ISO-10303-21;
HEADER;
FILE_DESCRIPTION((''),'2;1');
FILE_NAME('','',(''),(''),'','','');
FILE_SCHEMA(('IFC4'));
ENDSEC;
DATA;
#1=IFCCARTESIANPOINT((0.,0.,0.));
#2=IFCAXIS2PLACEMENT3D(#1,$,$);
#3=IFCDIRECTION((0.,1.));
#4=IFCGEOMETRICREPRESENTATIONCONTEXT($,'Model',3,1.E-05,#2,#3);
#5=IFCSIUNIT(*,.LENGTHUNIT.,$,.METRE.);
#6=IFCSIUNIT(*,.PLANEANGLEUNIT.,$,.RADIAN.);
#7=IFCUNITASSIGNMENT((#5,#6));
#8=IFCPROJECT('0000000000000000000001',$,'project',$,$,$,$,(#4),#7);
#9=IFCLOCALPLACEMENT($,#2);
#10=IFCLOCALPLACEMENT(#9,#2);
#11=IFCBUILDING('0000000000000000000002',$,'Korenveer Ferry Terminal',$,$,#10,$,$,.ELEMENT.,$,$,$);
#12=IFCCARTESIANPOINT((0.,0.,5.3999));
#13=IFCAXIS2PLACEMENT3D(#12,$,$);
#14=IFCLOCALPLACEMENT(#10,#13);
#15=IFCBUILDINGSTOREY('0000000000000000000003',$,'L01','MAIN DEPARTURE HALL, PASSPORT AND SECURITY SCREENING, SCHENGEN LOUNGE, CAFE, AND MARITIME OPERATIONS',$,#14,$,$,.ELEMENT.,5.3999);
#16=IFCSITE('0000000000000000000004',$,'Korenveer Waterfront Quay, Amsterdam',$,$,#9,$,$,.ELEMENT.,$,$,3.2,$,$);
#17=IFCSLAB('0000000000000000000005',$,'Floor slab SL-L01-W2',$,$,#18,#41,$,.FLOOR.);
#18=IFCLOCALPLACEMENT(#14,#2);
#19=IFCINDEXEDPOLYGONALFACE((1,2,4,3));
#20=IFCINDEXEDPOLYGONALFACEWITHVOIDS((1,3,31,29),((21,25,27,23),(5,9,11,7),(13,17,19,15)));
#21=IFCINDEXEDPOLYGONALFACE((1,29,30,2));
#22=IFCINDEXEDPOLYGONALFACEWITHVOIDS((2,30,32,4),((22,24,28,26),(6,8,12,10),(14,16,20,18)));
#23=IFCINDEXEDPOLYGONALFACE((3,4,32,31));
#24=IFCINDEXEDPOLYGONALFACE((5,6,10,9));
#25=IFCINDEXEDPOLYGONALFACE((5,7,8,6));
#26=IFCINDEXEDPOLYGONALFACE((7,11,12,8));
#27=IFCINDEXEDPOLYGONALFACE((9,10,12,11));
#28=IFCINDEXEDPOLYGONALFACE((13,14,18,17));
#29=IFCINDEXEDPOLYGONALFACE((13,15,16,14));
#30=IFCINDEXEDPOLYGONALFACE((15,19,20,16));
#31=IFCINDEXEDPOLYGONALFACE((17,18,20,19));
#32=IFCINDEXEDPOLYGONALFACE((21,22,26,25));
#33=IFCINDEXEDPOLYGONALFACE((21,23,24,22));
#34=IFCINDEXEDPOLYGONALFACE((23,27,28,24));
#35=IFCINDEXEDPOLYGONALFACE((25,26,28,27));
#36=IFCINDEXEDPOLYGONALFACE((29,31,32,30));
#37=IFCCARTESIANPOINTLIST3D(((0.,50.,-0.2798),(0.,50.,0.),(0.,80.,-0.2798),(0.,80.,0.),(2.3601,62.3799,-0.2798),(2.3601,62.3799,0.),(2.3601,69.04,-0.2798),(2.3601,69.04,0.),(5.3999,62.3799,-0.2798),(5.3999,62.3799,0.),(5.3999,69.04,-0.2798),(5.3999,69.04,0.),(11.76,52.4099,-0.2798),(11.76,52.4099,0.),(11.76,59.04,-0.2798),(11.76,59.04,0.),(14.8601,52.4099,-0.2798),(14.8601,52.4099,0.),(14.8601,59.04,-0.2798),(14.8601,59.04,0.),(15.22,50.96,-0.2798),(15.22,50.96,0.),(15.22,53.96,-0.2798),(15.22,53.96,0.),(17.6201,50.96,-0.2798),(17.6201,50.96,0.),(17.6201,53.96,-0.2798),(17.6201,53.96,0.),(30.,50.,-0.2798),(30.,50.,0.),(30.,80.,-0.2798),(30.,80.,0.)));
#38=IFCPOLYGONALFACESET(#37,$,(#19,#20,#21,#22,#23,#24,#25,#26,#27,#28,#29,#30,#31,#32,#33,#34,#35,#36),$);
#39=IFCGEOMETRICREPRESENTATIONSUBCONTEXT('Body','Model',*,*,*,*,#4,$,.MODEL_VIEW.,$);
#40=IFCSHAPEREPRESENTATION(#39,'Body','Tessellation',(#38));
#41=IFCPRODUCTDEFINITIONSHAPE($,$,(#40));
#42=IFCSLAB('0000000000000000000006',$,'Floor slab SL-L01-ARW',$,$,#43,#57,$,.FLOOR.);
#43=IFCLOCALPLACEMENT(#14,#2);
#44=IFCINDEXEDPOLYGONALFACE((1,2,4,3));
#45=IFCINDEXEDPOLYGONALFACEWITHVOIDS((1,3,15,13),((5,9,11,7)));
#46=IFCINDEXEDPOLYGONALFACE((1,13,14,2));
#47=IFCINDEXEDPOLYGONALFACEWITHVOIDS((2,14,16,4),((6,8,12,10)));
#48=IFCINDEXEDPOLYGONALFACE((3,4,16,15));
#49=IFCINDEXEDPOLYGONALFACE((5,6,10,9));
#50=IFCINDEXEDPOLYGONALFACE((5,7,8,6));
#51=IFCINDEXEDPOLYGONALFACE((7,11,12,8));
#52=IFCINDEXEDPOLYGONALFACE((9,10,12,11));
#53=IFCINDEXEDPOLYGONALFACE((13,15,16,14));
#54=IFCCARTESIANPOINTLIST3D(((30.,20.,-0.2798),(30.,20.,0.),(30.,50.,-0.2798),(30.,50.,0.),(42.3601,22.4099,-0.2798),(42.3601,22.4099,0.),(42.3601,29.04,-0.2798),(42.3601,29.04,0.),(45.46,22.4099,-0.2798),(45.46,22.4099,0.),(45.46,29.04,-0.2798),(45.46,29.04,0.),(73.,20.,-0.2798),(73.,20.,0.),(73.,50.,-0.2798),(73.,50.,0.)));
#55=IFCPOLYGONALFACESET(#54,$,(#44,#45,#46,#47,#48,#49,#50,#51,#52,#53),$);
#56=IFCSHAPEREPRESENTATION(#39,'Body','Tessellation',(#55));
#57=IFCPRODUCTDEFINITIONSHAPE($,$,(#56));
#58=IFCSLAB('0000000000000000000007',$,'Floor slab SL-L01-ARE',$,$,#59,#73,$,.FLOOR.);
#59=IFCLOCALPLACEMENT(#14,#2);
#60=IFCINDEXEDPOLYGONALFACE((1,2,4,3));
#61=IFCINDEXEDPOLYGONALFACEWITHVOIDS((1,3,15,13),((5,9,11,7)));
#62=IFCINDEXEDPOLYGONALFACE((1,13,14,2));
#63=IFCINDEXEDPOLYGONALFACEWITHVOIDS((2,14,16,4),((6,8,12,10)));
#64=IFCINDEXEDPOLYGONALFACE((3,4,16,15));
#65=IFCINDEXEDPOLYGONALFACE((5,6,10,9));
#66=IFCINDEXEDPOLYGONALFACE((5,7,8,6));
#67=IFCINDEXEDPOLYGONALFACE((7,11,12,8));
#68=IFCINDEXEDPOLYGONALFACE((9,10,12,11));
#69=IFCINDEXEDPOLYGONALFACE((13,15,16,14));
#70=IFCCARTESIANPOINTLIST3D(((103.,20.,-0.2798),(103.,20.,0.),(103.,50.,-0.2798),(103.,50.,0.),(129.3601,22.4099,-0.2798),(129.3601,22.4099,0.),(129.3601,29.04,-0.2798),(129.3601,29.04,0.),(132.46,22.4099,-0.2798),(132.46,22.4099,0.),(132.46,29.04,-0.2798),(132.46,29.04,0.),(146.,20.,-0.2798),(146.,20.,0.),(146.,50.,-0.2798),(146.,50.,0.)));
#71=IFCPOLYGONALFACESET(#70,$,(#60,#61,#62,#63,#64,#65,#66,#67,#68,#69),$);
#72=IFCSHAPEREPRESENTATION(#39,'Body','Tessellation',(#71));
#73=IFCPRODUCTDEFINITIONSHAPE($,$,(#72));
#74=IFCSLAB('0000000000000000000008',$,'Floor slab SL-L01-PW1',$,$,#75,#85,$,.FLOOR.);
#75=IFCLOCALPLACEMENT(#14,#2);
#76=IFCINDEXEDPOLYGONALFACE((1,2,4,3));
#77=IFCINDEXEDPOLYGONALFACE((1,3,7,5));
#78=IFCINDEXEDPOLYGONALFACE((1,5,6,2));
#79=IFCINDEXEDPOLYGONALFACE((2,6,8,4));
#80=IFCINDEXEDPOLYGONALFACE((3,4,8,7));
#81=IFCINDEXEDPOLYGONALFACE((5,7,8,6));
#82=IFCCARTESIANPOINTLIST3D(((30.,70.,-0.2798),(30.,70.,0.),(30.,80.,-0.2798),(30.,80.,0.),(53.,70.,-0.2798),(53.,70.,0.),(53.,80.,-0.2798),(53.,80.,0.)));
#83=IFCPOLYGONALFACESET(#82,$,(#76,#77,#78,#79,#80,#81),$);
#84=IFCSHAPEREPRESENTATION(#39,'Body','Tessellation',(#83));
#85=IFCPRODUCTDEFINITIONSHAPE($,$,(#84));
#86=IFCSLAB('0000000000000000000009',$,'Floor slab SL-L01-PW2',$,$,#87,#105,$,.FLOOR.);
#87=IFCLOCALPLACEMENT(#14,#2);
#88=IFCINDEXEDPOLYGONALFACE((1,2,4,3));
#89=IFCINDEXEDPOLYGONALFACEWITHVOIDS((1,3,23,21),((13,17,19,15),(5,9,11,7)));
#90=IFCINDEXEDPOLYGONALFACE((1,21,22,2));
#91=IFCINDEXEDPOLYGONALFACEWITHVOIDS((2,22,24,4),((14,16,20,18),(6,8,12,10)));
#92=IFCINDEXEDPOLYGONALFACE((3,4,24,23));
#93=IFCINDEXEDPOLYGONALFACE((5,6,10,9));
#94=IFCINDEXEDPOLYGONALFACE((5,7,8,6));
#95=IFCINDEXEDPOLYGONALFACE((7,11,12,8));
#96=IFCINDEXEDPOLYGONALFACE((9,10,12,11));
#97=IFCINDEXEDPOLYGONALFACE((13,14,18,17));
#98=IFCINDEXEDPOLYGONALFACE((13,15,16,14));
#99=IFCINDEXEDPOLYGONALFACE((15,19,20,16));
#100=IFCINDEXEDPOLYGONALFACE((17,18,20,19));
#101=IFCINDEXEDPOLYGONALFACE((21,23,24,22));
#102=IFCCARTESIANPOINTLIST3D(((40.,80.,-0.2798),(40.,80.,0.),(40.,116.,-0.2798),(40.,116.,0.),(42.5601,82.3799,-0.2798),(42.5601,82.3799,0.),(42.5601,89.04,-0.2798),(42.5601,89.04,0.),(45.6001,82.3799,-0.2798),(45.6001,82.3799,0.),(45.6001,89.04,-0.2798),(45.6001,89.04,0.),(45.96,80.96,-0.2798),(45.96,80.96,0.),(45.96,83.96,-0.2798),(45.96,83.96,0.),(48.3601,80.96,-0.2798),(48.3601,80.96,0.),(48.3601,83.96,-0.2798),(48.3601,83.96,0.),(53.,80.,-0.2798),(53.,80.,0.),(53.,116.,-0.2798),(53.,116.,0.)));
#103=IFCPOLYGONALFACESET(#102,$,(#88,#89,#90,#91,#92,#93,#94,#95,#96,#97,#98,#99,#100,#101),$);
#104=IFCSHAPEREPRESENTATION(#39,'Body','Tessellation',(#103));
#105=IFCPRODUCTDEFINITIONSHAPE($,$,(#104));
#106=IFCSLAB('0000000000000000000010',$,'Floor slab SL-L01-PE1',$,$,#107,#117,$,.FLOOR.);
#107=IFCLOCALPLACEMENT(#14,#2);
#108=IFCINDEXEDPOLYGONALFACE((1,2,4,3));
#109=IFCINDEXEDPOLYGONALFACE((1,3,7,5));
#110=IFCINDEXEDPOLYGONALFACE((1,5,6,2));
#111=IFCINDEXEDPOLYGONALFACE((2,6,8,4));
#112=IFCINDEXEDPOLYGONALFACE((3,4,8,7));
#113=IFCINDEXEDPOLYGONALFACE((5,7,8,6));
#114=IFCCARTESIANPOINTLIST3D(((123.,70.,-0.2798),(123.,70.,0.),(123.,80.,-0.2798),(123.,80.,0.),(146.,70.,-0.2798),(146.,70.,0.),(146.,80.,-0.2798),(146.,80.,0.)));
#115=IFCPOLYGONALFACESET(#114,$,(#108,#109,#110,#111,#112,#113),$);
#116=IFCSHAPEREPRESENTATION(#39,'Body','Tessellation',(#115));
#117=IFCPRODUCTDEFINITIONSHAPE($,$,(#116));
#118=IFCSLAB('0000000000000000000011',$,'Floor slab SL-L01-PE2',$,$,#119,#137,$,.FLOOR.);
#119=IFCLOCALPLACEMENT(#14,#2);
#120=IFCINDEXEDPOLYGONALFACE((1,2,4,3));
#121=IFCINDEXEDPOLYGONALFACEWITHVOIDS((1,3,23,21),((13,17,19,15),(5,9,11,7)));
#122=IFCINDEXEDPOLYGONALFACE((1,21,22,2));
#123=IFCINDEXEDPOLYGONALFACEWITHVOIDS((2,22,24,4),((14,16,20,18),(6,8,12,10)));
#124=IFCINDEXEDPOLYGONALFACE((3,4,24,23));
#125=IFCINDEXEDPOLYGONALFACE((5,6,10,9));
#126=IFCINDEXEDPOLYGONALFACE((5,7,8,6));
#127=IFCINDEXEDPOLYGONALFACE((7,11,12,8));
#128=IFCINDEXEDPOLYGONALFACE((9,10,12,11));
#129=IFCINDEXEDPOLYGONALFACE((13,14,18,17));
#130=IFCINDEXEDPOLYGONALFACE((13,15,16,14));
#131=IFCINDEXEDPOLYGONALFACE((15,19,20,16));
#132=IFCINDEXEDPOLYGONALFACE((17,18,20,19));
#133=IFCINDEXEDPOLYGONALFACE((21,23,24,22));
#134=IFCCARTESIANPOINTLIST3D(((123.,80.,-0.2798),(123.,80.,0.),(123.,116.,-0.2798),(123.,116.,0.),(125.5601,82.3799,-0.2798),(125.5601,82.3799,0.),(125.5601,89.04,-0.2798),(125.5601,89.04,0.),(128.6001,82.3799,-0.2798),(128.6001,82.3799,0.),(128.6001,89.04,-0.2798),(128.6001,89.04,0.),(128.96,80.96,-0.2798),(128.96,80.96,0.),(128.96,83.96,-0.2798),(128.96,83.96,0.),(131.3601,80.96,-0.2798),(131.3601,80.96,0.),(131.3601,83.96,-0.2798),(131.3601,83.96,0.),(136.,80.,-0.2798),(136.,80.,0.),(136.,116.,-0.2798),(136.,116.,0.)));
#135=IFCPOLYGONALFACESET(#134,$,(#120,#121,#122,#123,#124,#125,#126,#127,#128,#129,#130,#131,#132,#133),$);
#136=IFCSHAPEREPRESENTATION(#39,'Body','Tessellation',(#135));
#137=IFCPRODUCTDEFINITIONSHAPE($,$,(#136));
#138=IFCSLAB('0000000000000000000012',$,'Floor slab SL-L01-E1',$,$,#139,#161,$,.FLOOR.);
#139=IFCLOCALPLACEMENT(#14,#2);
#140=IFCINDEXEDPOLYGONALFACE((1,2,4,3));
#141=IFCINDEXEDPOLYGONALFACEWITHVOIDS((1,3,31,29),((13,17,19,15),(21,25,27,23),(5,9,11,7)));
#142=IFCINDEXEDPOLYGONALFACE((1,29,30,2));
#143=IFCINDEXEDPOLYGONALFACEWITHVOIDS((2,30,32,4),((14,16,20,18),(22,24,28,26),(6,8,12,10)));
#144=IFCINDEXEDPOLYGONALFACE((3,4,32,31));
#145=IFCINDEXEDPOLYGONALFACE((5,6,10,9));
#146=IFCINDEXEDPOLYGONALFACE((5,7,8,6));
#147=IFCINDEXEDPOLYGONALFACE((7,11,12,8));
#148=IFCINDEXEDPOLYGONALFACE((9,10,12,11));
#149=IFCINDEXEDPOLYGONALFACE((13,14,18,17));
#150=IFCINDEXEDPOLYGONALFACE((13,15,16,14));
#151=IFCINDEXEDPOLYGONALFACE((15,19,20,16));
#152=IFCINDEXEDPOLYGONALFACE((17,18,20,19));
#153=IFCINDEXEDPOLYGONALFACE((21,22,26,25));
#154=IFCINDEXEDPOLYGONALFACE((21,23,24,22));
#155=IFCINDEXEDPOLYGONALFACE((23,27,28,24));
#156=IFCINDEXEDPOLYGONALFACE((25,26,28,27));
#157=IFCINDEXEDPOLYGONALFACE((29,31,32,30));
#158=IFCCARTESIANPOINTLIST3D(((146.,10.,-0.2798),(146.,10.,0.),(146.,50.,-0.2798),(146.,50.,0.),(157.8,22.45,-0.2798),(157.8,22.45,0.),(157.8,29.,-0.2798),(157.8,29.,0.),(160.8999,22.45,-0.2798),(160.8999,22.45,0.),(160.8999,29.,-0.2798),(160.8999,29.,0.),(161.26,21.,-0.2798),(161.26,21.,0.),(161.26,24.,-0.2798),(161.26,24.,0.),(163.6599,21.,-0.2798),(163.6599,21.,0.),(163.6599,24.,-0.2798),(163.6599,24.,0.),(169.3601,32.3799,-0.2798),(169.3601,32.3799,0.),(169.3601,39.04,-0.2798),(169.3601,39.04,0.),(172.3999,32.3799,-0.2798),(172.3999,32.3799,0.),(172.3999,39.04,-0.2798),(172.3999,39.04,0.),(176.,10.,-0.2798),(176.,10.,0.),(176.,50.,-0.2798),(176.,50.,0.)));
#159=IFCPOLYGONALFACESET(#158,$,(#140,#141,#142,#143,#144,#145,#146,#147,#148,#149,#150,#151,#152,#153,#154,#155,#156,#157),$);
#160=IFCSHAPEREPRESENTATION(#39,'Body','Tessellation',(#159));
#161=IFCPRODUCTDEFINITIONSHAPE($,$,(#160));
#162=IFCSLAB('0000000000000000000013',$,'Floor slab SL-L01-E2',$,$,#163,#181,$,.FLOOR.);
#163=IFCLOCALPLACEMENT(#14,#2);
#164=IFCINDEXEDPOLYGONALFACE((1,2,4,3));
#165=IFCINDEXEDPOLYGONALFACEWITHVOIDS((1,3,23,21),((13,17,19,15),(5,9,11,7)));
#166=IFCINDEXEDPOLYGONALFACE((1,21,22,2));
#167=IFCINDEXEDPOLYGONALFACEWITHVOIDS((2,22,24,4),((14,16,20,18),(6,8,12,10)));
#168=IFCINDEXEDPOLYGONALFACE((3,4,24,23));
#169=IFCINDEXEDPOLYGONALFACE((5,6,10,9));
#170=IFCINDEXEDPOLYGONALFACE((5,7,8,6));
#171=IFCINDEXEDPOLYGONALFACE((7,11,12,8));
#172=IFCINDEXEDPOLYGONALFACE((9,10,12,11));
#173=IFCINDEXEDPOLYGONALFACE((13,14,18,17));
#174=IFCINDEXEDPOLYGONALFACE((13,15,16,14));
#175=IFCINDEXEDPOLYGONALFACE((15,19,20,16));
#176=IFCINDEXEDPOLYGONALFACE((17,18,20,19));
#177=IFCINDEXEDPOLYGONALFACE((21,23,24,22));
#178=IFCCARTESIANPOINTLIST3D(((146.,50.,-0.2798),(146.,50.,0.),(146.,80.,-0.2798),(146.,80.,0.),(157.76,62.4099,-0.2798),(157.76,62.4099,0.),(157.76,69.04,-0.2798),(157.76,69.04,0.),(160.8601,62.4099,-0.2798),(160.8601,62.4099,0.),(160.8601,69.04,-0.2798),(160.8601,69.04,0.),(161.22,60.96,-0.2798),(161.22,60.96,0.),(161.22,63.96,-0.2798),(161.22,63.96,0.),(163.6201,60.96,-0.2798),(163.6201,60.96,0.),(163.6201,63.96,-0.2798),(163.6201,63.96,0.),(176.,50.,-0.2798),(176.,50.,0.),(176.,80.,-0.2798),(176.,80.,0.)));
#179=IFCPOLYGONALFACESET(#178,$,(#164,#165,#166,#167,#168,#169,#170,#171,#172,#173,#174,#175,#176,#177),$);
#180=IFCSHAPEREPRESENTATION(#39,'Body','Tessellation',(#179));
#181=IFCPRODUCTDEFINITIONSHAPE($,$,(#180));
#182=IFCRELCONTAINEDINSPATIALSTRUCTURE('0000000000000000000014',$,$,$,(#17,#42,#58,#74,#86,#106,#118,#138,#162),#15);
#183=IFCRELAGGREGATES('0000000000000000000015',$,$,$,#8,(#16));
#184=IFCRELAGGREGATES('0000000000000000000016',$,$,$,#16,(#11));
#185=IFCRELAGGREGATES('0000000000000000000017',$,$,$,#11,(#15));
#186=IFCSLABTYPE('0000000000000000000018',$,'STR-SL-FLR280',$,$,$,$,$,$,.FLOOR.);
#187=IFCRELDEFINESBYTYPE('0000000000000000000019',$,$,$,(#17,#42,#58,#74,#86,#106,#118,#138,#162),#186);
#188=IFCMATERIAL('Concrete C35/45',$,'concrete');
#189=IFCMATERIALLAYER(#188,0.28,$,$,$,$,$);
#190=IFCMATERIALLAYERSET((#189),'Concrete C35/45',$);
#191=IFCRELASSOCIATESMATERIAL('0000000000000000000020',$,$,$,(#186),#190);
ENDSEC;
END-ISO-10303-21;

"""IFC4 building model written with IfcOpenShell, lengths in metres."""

from ifc_helpers import new_model, si_unit, direction, frame, origin, place, context, subcontext, project, spatial, polyline, outline, extrude, material, layer, layer_set, type_object, element, save


model = new_model("IFC4")

# Units and contexts
model_context = context("Model", 3, precision=1e-05, world=origin(), true_north=direction((0.0, 1.0)))
body_context = subcontext(model_context, "Body", "Model", "MODEL_VIEW")
ifc_project = project(units=[si_unit("LENGTHUNIT", "METRE"), si_unit("PLANEANGLEUNIT", "RADIAN")], contexts=[model_context])

# Site, building, storey
site_placement = place(None, origin())
site = spatial("IfcSite", under=ifc_project, at=site_placement, Name="Korenveer Waterfront Quay, Amsterdam", CompositionType="ELEMENT", RefElevation=3.2)
building_placement = place(site_placement, origin())
building = spatial("IfcBuilding", under=site, at=building_placement, Name="Korenveer Ferry Terminal", CompositionType="ELEMENT")
storey_placement = place(building_placement, frame((0.0, 0.0, 5.3999)))
storey = spatial("IfcBuildingStorey", under=building, at=storey_placement, Name="L01", Description="MAIN DEPARTURE HALL, PASSPORT AND SECURITY SCREENING, SCHENGEN LOUNGE, CAFE, AND MARITIME OPERATIONS", CompositionType="ELEMENT", Elevation=5.3999)

# Slabs
ifc_material_1 = material(Name="Concrete C35/45", Category="concrete")
ifc_layer_1 = layer(ifc_material_1, 0.28)
ifc_layer_set_1 = layer_set([ifc_layer_1], Name="Concrete C35/45")
slab_type_1 = type_object("IfcSlabType", Name="STR-SL-FLR280", PredefinedType="FLOOR", material=ifc_layer_set_1)
slab_1_placement = place(storey_placement, frame((0.0, 0.0, -0.2798)))
element("IfcSlab", 1, at=slab_1_placement, inside=storey, type_object=slab_type_1, Name="Floor slab SL-L01-W2", PredefinedType="FLOOR", context=body_context, shape_type="SweptSolid", body=[
    extrude(outline(polyline([(0.0, 50.0), (30.0, 50.0), (30.0, 80.0), (0.0, 80.0), (0.0, 50.0)]), holes=[polyline([(14.8601, 52.4099), (14.8601, 59.04), (11.76, 59.04), (11.76, 52.4099), (14.8601, 52.4099)]), polyline([(15.22, 50.96), (17.6201, 50.96), (17.6201, 53.96), (15.22, 53.96), (15.22, 50.96)]), polyline([(5.3999, 62.3799), (5.3999, 69.04), (2.3601, 69.04), (2.3601, 62.3799), (5.3999, 62.3799)])]), origin(), (0.0, 0.0, 1.0), 0.2798),
])
slab_2_placement = place(storey_placement, frame((0.0, 0.0, -0.2798)))
element("IfcSlab", 2, at=slab_2_placement, inside=storey, type_object=slab_type_1, Name="Floor slab SL-L01-ARW", PredefinedType="FLOOR", context=body_context, shape_type="SweptSolid", body=[
    extrude(outline(polyline([(30.0, 20.0), (73.0, 20.0), (73.0, 50.0), (30.0, 50.0), (30.0, 20.0)]), holes=[polyline([(45.46, 22.4099), (45.46, 29.04), (42.3601, 29.04), (42.3601, 22.4099), (45.46, 22.4099)])]), origin(), (0.0, 0.0, 1.0), 0.2798),
])
slab_3_placement = place(storey_placement, frame((0.0, 0.0, -0.2798)))
element("IfcSlab", 3, at=slab_3_placement, inside=storey, type_object=slab_type_1, Name="Floor slab SL-L01-ARE", PredefinedType="FLOOR", context=body_context, shape_type="SweptSolid", body=[
    extrude(outline(polyline([(103.0, 20.0), (146.0, 20.0), (146.0, 50.0), (103.0, 50.0), (103.0, 20.0)]), holes=[polyline([(132.46, 22.4099), (132.46, 29.04), (129.3601, 29.04), (129.3601, 22.4099), (132.46, 22.4099)])]), origin(), (0.0, 0.0, 1.0), 0.2798),
])
slab_4_placement = place(storey_placement, frame((0.0, 0.0, -0.2798)))
element("IfcSlab", 4, at=slab_4_placement, inside=storey, type_object=slab_type_1, Name="Floor slab SL-L01-PW1", PredefinedType="FLOOR", context=body_context, shape_type="SweptSolid", body=[
    extrude(outline(polyline([(30.0, 70.0), (53.0, 70.0), (53.0, 80.0), (30.0, 80.0), (30.0, 70.0)])), origin(), (0.0, 0.0, 1.0), 0.2798),
])
slab_5_placement = place(storey_placement, frame((0.0, 0.0, -0.2798)))
element("IfcSlab", 5, at=slab_5_placement, inside=storey, type_object=slab_type_1, Name="Floor slab SL-L01-PW2", PredefinedType="FLOOR", context=body_context, shape_type="SweptSolid", body=[
    extrude(outline(polyline([(40.0, 80.0), (53.0, 80.0), (53.0, 116.0), (40.0, 116.0), (40.0, 80.0)]), holes=[polyline([(45.6001, 82.3799), (45.6001, 89.04), (42.5601, 89.04), (42.5601, 82.3799), (45.6001, 82.3799)]), polyline([(45.96, 80.96), (48.3601, 80.96), (48.3601, 83.96), (45.96, 83.96), (45.96, 80.96)])]), origin(), (0.0, 0.0, 1.0), 0.2798),
])
slab_6_placement = place(storey_placement, frame((0.0, 0.0, -0.2798)))
element("IfcSlab", 6, at=slab_6_placement, inside=storey, type_object=slab_type_1, Name="Floor slab SL-L01-PE1", PredefinedType="FLOOR", context=body_context, shape_type="SweptSolid", body=[
    extrude(outline(polyline([(123.0, 70.0), (146.0, 70.0), (146.0, 80.0), (123.0, 80.0), (123.0, 70.0)])), origin(), (0.0, 0.0, 1.0), 0.2798),
])
slab_7_placement = place(storey_placement, frame((0.0, 0.0, -0.2798)))
element("IfcSlab", 7, at=slab_7_placement, inside=storey, type_object=slab_type_1, Name="Floor slab SL-L01-PE2", PredefinedType="FLOOR", context=body_context, shape_type="SweptSolid", body=[
    extrude(outline(polyline([(123.0, 80.0), (136.0, 80.0), (136.0, 116.0), (123.0, 116.0), (123.0, 80.0)]), holes=[polyline([(128.6001, 82.3799), (128.6001, 89.04), (125.5601, 89.04), (125.5601, 82.3799), (128.6001, 82.3799)]), polyline([(128.96, 80.96), (131.3601, 80.96), (131.3601, 83.96), (128.96, 83.96), (128.96, 80.96)])]), origin(), (0.0, 0.0, 1.0), 0.2798),
])
slab_8_placement = place(storey_placement, frame((0.0, 0.0, -0.2798)))
element("IfcSlab", 8, at=slab_8_placement, inside=storey, type_object=slab_type_1, Name="Floor slab SL-L01-E1", PredefinedType="FLOOR", context=body_context, shape_type="SweptSolid", body=[
    extrude(outline(polyline([(146.0, 10.0), (176.0, 10.0), (176.0, 50.0), (146.0, 50.0), (146.0, 10.0)]), holes=[polyline([(160.8999, 22.45), (160.8999, 29.0), (157.8, 29.0), (157.8, 22.45), (160.8999, 22.45)]), polyline([(161.26, 21.0), (163.6599, 21.0), (163.6599, 24.0), (161.26, 24.0), (161.26, 21.0)]), polyline([(172.3999, 32.3799), (172.3999, 39.04), (169.3601, 39.04), (169.3601, 32.3799), (172.3999, 32.3799)])]), origin(), (0.0, 0.0, 1.0), 0.2798),
])
slab_9_placement = place(storey_placement, frame((0.0, 0.0, -0.2798)))
element("IfcSlab", 9, at=slab_9_placement, inside=storey, type_object=slab_type_1, Name="Floor slab SL-L01-E2", PredefinedType="FLOOR", context=body_context, shape_type="SweptSolid", body=[
    extrude(outline(polyline([(146.0, 50.0), (176.0, 50.0), (176.0, 80.0), (146.0, 80.0), (146.0, 50.0)]), holes=[polyline([(160.8601, 62.4099), (160.8601, 69.04), (157.76, 69.04), (157.76, 62.4099), (160.8601, 62.4099)]), polyline([(161.22, 60.96), (163.6201, 60.96), (163.6201, 63.96), (161.22, 63.96), (161.22, 60.96)])]), origin(), (0.0, 0.0, 1.0), 0.2798),
])

save(model, "model.ifc")
